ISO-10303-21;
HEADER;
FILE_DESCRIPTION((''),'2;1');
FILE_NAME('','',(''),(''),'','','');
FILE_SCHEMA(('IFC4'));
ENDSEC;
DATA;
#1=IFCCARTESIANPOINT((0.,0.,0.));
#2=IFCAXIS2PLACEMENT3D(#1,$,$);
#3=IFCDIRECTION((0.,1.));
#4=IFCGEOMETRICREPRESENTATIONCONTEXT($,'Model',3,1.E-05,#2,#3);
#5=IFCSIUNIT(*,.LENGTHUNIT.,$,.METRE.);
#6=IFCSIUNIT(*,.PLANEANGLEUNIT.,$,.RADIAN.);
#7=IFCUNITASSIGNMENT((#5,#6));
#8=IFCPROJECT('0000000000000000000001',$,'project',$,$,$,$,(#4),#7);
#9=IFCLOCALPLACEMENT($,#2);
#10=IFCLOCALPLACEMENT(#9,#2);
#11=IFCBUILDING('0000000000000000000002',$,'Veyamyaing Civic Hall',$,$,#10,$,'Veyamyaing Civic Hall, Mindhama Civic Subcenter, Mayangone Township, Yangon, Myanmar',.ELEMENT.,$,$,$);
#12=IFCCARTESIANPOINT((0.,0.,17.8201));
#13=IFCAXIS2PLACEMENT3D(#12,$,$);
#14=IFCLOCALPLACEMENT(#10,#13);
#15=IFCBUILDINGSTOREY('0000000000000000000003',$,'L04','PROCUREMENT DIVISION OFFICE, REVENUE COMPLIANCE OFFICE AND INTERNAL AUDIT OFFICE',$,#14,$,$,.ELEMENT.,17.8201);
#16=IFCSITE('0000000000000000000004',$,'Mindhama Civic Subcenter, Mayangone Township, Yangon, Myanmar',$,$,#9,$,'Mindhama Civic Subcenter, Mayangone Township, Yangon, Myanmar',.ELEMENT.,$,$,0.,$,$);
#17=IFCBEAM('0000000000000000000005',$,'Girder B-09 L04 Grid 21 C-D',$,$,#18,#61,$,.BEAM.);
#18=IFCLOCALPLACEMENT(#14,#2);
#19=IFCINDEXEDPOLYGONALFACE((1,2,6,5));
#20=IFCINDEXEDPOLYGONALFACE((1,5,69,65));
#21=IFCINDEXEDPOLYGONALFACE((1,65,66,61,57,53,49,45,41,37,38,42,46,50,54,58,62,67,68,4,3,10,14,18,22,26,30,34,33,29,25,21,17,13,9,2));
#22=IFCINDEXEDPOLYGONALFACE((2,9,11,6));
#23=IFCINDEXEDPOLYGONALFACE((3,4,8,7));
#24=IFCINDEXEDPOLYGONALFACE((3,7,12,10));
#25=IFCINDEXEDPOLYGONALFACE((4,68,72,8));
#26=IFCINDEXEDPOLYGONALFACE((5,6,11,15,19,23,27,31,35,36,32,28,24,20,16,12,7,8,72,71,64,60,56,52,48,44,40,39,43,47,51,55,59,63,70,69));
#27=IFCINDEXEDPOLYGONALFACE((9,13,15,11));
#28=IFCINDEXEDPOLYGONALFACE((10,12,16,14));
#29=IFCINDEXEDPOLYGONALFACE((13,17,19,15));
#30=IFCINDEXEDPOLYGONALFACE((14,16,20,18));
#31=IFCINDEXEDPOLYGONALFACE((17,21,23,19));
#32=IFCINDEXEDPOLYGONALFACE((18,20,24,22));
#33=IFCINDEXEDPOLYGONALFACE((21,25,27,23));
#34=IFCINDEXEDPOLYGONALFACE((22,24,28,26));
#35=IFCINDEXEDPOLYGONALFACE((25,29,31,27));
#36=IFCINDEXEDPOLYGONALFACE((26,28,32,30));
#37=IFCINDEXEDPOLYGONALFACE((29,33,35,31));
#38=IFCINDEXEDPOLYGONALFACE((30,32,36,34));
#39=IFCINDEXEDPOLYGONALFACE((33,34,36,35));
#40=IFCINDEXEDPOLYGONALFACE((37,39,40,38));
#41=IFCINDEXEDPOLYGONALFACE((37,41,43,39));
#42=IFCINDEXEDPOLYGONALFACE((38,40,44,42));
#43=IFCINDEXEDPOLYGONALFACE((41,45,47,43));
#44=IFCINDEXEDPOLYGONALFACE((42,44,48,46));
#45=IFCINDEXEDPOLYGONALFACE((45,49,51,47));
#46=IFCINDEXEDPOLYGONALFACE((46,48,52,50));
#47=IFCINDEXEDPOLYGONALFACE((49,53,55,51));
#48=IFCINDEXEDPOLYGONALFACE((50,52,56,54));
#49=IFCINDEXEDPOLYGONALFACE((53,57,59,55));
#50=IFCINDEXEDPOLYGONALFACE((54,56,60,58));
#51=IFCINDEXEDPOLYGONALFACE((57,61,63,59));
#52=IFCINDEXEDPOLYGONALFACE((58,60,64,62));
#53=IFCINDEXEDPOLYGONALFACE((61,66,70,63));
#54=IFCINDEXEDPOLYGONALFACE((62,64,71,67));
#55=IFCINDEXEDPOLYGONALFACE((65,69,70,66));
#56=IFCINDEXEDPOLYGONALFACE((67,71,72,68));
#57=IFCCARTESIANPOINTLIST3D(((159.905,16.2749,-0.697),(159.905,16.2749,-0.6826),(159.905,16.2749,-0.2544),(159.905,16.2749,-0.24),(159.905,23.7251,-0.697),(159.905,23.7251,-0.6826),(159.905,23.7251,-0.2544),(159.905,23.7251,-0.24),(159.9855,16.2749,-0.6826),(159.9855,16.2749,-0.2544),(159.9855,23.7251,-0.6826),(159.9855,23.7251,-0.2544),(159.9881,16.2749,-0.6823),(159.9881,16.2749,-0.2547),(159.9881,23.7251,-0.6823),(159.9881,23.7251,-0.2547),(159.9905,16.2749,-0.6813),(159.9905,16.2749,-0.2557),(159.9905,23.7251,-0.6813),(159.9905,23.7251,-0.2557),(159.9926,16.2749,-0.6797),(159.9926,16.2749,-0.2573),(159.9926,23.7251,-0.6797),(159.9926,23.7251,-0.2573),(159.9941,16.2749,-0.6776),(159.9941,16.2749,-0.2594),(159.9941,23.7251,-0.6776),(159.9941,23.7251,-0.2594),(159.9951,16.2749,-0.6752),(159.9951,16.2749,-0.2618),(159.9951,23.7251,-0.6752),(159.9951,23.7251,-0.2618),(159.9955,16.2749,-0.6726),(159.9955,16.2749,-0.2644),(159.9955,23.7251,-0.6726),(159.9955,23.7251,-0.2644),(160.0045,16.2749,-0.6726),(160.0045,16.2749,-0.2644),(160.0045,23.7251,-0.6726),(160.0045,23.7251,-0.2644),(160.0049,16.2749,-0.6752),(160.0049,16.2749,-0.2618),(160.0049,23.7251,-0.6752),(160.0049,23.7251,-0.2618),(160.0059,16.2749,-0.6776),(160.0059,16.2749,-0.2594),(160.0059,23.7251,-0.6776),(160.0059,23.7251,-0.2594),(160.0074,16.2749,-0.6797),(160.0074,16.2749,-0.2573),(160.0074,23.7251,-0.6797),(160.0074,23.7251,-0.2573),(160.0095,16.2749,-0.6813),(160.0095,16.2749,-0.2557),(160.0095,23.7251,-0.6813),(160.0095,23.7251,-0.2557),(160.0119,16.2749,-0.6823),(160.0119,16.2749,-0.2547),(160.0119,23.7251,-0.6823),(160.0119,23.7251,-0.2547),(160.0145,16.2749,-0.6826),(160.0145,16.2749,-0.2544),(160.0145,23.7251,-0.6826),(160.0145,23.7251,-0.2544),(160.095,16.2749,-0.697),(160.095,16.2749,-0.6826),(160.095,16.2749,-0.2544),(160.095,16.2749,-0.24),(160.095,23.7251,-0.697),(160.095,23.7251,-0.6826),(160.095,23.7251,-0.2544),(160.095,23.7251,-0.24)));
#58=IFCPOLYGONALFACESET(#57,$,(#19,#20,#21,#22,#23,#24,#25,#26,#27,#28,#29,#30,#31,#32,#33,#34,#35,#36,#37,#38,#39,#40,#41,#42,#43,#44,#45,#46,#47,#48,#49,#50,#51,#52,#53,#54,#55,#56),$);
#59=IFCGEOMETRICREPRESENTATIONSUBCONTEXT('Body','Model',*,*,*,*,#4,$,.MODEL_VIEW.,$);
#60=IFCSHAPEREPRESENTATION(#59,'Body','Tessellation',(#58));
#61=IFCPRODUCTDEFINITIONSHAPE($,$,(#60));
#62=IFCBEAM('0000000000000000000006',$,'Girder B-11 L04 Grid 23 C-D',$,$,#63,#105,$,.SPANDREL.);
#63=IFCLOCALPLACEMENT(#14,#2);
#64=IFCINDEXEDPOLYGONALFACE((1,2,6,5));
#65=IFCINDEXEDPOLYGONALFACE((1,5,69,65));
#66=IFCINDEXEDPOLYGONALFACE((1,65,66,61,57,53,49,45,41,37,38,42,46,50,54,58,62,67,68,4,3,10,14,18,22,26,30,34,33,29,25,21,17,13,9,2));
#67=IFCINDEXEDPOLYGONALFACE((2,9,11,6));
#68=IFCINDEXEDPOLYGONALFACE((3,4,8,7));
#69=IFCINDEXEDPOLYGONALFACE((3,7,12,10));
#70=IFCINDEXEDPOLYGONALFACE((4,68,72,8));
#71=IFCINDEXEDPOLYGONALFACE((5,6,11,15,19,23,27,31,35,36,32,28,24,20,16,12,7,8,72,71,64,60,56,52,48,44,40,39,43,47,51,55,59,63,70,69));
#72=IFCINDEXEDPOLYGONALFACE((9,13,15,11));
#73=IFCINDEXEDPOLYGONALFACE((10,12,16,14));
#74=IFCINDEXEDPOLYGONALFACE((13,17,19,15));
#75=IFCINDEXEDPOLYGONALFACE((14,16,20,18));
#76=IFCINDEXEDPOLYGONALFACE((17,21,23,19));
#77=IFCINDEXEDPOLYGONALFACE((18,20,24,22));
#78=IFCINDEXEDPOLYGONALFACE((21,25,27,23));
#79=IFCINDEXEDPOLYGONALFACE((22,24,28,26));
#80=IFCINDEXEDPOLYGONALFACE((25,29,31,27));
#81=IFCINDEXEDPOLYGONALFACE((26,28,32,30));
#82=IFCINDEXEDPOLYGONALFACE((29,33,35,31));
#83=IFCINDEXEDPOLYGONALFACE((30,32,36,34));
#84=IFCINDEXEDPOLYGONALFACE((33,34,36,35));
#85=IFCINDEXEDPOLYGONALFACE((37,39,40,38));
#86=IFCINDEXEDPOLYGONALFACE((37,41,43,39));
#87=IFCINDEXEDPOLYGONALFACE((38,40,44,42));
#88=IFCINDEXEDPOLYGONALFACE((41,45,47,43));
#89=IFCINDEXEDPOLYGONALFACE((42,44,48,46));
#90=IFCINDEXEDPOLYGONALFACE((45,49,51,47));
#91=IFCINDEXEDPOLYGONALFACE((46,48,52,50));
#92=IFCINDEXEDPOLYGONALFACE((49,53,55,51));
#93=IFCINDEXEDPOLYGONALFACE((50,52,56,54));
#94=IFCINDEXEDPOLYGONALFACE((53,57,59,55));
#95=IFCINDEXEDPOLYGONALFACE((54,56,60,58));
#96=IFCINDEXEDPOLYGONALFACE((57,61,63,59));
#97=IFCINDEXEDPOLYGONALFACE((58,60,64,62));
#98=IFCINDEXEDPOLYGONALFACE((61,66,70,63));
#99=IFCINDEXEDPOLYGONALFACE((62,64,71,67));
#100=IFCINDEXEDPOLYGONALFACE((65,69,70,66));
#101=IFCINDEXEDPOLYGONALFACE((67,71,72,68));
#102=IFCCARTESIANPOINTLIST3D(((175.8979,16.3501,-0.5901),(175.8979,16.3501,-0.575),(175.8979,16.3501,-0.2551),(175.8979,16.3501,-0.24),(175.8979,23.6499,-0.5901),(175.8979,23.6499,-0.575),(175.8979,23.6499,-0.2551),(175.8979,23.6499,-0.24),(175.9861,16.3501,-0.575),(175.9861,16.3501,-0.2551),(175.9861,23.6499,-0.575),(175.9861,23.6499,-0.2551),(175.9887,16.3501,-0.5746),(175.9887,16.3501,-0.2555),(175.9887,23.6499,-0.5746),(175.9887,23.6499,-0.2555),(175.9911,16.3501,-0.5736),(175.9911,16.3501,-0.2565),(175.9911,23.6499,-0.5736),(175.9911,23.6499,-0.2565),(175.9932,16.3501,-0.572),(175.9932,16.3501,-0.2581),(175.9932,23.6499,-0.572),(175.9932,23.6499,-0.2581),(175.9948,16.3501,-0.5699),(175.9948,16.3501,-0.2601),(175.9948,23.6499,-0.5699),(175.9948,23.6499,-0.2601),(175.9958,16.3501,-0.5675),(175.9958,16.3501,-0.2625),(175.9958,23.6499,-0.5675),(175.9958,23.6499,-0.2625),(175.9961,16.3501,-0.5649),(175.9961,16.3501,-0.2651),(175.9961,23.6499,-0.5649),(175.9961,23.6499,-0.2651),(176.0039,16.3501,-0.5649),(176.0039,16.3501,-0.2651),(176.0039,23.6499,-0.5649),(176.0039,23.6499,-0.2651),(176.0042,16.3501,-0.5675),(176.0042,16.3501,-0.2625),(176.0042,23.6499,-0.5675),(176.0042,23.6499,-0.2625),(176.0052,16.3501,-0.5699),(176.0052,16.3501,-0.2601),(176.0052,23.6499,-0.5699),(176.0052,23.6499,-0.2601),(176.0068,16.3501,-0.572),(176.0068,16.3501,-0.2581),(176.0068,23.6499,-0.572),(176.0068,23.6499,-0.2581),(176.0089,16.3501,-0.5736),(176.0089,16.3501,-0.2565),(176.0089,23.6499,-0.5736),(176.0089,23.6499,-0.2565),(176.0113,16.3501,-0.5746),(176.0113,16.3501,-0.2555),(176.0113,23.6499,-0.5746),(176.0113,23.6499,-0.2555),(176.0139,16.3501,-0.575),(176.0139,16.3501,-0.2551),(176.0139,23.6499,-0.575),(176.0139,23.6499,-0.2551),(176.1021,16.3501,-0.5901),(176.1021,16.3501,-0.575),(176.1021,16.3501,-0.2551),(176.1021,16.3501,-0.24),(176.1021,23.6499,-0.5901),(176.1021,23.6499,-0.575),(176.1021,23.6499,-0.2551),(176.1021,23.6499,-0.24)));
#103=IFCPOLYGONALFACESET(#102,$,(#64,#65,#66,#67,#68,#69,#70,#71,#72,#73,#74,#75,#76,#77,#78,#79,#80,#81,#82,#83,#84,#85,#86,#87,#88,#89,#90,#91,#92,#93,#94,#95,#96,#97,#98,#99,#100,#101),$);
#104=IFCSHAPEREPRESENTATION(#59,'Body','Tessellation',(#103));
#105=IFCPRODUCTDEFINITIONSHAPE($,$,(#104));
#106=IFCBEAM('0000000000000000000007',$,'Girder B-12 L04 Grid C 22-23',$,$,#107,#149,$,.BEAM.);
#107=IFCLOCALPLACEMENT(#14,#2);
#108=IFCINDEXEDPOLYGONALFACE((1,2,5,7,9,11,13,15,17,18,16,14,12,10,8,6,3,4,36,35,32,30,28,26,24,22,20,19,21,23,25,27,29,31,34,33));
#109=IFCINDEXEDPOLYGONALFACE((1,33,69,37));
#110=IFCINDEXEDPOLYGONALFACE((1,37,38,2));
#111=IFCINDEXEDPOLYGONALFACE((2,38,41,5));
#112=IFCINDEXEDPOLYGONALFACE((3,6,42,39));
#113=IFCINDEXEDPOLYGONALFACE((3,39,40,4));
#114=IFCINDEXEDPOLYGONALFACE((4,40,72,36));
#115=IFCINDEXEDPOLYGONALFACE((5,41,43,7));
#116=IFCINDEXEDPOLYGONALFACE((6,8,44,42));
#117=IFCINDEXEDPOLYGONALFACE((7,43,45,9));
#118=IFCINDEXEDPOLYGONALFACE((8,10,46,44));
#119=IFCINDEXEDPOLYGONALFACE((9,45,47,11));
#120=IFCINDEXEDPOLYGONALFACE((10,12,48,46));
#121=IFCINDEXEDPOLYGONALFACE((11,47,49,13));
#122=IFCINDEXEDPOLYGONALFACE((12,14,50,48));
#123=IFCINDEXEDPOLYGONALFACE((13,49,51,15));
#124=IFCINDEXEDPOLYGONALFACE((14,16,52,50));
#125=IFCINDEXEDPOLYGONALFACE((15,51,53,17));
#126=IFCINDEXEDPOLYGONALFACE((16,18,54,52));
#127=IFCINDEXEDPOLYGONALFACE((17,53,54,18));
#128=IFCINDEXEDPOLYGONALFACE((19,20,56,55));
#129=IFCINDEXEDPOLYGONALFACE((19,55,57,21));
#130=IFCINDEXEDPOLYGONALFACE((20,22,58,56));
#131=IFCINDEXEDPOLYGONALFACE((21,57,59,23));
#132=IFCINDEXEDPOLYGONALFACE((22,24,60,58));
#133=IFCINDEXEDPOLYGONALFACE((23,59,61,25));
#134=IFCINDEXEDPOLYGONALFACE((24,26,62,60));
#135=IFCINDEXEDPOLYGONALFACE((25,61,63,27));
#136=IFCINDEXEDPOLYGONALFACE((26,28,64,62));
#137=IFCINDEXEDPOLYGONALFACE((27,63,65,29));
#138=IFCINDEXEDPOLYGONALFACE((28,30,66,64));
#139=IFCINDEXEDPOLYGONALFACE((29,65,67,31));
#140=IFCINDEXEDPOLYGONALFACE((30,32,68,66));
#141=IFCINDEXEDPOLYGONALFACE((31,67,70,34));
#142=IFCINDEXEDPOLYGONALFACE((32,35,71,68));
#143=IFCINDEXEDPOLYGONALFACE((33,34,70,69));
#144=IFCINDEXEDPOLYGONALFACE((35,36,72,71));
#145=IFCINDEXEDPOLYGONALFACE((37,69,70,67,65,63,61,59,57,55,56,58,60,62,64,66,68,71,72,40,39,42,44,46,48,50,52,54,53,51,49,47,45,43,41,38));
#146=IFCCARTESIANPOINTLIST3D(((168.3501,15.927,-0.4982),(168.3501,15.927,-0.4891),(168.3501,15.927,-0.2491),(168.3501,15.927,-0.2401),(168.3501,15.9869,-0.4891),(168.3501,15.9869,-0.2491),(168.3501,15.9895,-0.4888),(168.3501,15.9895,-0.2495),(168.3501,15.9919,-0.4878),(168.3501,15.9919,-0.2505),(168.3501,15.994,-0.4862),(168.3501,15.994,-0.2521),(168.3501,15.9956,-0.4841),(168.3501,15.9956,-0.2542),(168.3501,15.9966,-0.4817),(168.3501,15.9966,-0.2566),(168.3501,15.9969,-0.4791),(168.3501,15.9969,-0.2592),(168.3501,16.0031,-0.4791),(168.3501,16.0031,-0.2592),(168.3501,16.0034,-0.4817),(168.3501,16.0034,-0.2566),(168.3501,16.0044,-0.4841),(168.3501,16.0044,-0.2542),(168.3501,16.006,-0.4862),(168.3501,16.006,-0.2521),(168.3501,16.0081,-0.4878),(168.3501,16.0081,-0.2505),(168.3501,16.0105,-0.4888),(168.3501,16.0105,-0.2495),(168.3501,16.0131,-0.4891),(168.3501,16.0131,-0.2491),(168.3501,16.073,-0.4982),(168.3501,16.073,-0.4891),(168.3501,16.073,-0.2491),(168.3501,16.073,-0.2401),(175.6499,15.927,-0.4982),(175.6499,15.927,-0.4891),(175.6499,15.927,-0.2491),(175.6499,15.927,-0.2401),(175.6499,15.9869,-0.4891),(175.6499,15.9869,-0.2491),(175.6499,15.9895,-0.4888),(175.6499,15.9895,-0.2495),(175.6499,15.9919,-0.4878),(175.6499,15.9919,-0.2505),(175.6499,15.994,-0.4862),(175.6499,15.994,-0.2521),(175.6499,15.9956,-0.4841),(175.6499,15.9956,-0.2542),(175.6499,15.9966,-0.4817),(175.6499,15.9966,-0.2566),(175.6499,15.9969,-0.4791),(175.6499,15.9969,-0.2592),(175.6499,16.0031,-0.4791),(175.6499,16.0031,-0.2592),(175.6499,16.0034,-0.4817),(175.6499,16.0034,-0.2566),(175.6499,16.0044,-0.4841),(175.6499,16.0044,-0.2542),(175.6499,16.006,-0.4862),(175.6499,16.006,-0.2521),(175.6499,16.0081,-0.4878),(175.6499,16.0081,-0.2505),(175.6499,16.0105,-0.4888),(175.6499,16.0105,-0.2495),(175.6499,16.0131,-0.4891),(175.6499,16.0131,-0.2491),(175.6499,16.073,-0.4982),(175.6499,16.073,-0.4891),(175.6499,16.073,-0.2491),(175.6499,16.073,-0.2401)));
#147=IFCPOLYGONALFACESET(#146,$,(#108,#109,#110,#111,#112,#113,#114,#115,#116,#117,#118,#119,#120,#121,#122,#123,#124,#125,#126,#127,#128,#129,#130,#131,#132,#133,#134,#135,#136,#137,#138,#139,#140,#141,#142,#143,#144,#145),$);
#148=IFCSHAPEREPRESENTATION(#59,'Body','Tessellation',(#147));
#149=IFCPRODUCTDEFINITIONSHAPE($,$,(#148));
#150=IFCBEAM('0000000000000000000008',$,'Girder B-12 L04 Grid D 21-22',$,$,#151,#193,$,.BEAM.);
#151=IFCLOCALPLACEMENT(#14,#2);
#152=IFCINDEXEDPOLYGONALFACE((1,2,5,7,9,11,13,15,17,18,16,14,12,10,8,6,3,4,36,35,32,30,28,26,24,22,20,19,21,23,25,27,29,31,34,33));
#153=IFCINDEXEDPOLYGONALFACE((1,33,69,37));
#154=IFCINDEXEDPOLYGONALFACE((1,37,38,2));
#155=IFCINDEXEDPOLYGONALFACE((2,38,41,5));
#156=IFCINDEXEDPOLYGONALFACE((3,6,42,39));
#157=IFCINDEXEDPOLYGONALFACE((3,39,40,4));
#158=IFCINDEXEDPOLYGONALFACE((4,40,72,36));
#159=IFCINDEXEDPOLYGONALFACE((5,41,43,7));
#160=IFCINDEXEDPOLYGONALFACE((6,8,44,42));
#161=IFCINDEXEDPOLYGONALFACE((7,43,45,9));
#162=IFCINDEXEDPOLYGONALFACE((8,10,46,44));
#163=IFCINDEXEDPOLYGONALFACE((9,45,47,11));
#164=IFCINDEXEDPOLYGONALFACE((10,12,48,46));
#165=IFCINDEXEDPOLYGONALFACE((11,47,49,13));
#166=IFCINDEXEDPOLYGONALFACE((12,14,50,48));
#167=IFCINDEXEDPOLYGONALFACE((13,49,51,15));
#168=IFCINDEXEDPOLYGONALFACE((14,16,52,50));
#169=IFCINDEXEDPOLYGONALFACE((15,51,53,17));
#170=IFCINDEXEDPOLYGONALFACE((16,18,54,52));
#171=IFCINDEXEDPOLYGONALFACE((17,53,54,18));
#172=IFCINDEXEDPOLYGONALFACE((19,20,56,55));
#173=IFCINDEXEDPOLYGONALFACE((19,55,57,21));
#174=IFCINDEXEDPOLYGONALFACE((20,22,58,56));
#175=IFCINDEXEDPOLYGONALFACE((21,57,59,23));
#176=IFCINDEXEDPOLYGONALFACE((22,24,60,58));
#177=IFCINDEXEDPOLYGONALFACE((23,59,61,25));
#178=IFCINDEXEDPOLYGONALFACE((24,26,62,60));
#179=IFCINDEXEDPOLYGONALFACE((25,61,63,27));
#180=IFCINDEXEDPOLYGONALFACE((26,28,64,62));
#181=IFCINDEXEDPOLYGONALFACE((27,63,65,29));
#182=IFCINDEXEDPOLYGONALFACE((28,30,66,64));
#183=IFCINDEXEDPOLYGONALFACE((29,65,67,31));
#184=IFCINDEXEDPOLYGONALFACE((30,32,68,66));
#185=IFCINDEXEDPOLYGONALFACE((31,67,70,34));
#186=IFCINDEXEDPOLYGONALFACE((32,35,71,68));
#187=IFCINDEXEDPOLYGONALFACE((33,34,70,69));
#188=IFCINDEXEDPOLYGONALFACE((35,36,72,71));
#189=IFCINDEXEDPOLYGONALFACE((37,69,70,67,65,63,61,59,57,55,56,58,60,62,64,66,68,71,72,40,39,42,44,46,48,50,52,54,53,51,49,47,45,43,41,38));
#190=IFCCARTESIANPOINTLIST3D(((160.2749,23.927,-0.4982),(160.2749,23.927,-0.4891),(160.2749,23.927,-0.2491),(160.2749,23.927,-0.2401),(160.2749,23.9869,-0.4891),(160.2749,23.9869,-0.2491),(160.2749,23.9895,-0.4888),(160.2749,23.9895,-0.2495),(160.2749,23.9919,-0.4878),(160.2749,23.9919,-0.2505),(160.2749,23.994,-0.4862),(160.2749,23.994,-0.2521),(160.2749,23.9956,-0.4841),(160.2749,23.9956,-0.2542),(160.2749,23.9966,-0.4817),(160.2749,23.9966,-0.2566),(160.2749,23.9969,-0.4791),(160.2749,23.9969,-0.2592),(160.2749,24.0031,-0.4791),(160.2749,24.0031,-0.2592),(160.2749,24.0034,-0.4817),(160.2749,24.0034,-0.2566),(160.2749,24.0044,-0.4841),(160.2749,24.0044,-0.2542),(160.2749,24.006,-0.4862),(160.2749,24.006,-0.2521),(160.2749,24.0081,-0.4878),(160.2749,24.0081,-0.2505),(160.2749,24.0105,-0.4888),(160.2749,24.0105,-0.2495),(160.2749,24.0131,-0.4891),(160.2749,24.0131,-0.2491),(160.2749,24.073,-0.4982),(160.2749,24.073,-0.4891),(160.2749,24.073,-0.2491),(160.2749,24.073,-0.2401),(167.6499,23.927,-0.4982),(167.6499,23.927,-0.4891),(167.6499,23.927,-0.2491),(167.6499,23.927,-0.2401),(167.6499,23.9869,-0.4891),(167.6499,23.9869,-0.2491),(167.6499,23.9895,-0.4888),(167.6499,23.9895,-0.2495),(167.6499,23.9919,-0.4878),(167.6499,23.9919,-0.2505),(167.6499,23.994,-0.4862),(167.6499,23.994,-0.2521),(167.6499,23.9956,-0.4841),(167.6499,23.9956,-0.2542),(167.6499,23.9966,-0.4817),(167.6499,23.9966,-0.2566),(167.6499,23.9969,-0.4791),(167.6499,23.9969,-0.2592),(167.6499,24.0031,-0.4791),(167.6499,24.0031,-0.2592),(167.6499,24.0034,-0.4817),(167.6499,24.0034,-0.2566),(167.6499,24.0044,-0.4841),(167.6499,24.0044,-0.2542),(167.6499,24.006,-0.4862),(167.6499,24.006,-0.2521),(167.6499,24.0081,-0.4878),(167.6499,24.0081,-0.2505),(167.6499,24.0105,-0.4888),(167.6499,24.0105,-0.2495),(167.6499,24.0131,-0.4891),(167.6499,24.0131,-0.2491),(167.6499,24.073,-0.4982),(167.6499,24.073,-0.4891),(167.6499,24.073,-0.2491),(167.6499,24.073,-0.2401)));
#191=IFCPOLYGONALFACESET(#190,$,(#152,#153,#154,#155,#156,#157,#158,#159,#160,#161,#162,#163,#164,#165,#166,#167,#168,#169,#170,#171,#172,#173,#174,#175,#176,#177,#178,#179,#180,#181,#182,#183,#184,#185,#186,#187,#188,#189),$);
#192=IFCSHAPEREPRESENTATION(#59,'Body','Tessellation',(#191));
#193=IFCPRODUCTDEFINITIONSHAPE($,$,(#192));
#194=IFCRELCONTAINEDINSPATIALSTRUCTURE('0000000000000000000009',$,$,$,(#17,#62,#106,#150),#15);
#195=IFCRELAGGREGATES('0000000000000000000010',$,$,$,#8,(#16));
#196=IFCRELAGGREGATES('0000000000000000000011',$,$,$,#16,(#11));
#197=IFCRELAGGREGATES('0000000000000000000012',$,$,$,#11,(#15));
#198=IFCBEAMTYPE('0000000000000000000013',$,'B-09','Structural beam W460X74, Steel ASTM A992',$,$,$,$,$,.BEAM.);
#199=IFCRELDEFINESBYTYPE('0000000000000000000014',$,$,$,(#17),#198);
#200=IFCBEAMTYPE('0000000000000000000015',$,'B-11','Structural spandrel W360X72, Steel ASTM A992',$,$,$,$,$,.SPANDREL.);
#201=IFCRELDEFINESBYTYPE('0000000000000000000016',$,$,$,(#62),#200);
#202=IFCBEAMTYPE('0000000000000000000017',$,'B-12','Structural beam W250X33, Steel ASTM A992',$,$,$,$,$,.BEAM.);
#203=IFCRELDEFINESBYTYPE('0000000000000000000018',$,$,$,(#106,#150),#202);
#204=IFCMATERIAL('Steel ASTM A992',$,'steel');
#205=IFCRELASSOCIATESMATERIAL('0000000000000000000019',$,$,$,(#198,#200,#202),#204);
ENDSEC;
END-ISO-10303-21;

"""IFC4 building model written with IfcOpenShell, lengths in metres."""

from ifc_helpers import new_model, si_unit, direction, frame, origin, origin_2d, place, context, subcontext, project, spatial, i_section, extrude, material, material_profile, profile_set, type_object, element, save


model = new_model("IFC4")

# Units and contexts
model_context = context("Model", 3, precision=1e-05, world=origin(), true_north=direction((0.0, 1.0)))
body_context = subcontext(model_context, "Body", "Model", "MODEL_VIEW")
ifc_project = project(units=[si_unit("LENGTHUNIT", "METRE"), si_unit("PLANEANGLEUNIT", "RADIAN")], contexts=[model_context])

# Site, building, storey
site_placement = place(None, origin())
site = spatial("IfcSite", under=ifc_project, at=site_placement, Name="Mindhama Civic Subcenter, Mayangone Township, Yangon, Myanmar", LongName="Mindhama Civic Subcenter, Mayangone Township, Yangon, Myanmar", CompositionType="ELEMENT", RefElevation=0.0)
building_placement = place(site_placement, origin())
building = spatial("IfcBuilding", under=site, at=building_placement, Name="Veyamyaing Civic Hall", LongName="Veyamyaing Civic Hall, Mindhama Civic Subcenter, Mayangone Township, Yangon, Myanmar", CompositionType="ELEMENT")
storey_placement = place(building_placement, frame((0.0, 0.0, 17.8201)))
storey = spatial("IfcBuildingStorey", under=building, at=storey_placement, Name="L04", Description="PROCUREMENT DIVISION OFFICE, REVENUE COMPLIANCE OFFICE AND INTERNAL AUDIT OFFICE", CompositionType="ELEMENT", Elevation=17.8201)

# Beams
ifc_material_1 = material(Name="Steel ASTM A992", Category="steel")
ifc_material_profile_1 = material_profile(ifc_material_1, i_section(OverallWidth=0.1899, OverallDepth=0.457, WebThickness=0.009, FlangeThickness=0.0144, FilletRadius=0.01, at=origin_2d()), Name="W460X74")
ifc_profile_set_1 = profile_set([ifc_material_profile_1], Name="Steel ASTM A992")
beam_type_1 = type_object("IfcBeamType", Name="B-09", Description="Structural beam W460X74, Steel ASTM A992", PredefinedType="BEAM", material=ifc_profile_set_1)
for number, where, z_axis, x_axis, name in (
    (1, (160.0, 16.2749, -0.4685), (0.0, 1.0, 0.0), (-1.0, 0.0, 0.0), "Girder B-09 L04 Grid 21 C-D"),
):
    element("IfcBeam", number, at=place(storey_placement, frame(where, z_axis=z_axis, x_axis=x_axis)), inside=storey, type_object=beam_type_1, Name=name, PredefinedType="BEAM", context=body_context, shape_type="SweptSolid", body=[
        extrude(i_section(OverallWidth=0.1899, OverallDepth=0.457, WebThickness=0.009, FlangeThickness=0.0144, FilletRadius=0.01, at=origin_2d()), origin(), (0.0, 0.0, 1.0), 7.4502),
    ])
ifc_material_profile_2 = material_profile(ifc_material_1, i_section(OverallWidth=0.2041, OverallDepth=0.3501, WebThickness=0.0078, FlangeThickness=0.0151, FilletRadius=0.01, at=origin_2d()), Name="W360X72")
ifc_profile_set_2 = profile_set([ifc_material_profile_2], Name="Steel ASTM A992")
beam_type_2 = type_object("IfcBeamType", Name="B-11", Description="Structural spandrel W360X72, Steel ASTM A992", PredefinedType="SPANDREL", material=ifc_profile_set_2)
beam_1_placement = place(storey_placement, frame((176.0, 16.3501, -0.415), z_axis=(0.0, 1.0, 0.0), x_axis=(-1.0, 0.0, 0.0)))
element("IfcBeam", 2, at=beam_1_placement, inside=storey, type_object=beam_type_2, Name="Girder B-11 L04 Grid 23 C-D", PredefinedType="SPANDREL", context=body_context, shape_type="SweptSolid", body=[
    extrude(i_section(OverallWidth=0.2041, OverallDepth=0.3501, WebThickness=0.0078, FlangeThickness=0.0151, FilletRadius=0.01, at=origin_2d()), origin(), (0.0, 0.0, 1.0), 7.2998),
])
ifc_material_profile_3 = material_profile(ifc_material_1, i_section(OverallWidth=0.146, OverallDepth=0.2581, WebThickness=0.0061, FlangeThickness=0.009, FilletRadius=0.01, at=origin_2d()), Name="W250X33")
ifc_profile_set_3 = profile_set([ifc_material_profile_3], Name="Steel ASTM A992")
beam_type_3 = type_object("IfcBeamType", Name="B-12", Description="Structural beam W250X33, Steel ASTM A992", PredefinedType="BEAM", material=ifc_profile_set_3)
beam_2_placement = place(storey_placement, frame((168.3501, 16.0, -0.3691), z_axis=(1.0, 0.0, 0.0), x_axis=(0.0, 1.0, 0.0)))
element("IfcBeam", 3, at=beam_2_placement, inside=storey, type_object=beam_type_3, Name="Girder B-12 L04 Grid C 22-23", PredefinedType="BEAM", context=body_context, shape_type="SweptSolid", body=[
    extrude(i_section(OverallWidth=0.146, OverallDepth=0.2581, WebThickness=0.0061, FlangeThickness=0.009, FilletRadius=0.01, at=origin_2d()), origin(), (0.0, 0.0, 1.0), 7.2998),
])
beam_3_placement = place(storey_placement, frame((160.2749, 24.0, -0.3691), z_axis=(1.0, 0.0, 0.0), x_axis=(0.0, 1.0, 0.0)))
element("IfcBeam", 4, at=beam_3_placement, inside=storey, type_object=beam_type_3, Name="Girder B-12 L04 Grid D 21-22", PredefinedType="BEAM", context=body_context, shape_type="SweptSolid", body=[
    extrude(i_section(OverallWidth=0.146, OverallDepth=0.2581, WebThickness=0.0061, FlangeThickness=0.009, FilletRadius=0.01, at=origin_2d()), origin(), (0.0, 0.0, 1.0), 7.375),
])

save(model, "model.ifc")
